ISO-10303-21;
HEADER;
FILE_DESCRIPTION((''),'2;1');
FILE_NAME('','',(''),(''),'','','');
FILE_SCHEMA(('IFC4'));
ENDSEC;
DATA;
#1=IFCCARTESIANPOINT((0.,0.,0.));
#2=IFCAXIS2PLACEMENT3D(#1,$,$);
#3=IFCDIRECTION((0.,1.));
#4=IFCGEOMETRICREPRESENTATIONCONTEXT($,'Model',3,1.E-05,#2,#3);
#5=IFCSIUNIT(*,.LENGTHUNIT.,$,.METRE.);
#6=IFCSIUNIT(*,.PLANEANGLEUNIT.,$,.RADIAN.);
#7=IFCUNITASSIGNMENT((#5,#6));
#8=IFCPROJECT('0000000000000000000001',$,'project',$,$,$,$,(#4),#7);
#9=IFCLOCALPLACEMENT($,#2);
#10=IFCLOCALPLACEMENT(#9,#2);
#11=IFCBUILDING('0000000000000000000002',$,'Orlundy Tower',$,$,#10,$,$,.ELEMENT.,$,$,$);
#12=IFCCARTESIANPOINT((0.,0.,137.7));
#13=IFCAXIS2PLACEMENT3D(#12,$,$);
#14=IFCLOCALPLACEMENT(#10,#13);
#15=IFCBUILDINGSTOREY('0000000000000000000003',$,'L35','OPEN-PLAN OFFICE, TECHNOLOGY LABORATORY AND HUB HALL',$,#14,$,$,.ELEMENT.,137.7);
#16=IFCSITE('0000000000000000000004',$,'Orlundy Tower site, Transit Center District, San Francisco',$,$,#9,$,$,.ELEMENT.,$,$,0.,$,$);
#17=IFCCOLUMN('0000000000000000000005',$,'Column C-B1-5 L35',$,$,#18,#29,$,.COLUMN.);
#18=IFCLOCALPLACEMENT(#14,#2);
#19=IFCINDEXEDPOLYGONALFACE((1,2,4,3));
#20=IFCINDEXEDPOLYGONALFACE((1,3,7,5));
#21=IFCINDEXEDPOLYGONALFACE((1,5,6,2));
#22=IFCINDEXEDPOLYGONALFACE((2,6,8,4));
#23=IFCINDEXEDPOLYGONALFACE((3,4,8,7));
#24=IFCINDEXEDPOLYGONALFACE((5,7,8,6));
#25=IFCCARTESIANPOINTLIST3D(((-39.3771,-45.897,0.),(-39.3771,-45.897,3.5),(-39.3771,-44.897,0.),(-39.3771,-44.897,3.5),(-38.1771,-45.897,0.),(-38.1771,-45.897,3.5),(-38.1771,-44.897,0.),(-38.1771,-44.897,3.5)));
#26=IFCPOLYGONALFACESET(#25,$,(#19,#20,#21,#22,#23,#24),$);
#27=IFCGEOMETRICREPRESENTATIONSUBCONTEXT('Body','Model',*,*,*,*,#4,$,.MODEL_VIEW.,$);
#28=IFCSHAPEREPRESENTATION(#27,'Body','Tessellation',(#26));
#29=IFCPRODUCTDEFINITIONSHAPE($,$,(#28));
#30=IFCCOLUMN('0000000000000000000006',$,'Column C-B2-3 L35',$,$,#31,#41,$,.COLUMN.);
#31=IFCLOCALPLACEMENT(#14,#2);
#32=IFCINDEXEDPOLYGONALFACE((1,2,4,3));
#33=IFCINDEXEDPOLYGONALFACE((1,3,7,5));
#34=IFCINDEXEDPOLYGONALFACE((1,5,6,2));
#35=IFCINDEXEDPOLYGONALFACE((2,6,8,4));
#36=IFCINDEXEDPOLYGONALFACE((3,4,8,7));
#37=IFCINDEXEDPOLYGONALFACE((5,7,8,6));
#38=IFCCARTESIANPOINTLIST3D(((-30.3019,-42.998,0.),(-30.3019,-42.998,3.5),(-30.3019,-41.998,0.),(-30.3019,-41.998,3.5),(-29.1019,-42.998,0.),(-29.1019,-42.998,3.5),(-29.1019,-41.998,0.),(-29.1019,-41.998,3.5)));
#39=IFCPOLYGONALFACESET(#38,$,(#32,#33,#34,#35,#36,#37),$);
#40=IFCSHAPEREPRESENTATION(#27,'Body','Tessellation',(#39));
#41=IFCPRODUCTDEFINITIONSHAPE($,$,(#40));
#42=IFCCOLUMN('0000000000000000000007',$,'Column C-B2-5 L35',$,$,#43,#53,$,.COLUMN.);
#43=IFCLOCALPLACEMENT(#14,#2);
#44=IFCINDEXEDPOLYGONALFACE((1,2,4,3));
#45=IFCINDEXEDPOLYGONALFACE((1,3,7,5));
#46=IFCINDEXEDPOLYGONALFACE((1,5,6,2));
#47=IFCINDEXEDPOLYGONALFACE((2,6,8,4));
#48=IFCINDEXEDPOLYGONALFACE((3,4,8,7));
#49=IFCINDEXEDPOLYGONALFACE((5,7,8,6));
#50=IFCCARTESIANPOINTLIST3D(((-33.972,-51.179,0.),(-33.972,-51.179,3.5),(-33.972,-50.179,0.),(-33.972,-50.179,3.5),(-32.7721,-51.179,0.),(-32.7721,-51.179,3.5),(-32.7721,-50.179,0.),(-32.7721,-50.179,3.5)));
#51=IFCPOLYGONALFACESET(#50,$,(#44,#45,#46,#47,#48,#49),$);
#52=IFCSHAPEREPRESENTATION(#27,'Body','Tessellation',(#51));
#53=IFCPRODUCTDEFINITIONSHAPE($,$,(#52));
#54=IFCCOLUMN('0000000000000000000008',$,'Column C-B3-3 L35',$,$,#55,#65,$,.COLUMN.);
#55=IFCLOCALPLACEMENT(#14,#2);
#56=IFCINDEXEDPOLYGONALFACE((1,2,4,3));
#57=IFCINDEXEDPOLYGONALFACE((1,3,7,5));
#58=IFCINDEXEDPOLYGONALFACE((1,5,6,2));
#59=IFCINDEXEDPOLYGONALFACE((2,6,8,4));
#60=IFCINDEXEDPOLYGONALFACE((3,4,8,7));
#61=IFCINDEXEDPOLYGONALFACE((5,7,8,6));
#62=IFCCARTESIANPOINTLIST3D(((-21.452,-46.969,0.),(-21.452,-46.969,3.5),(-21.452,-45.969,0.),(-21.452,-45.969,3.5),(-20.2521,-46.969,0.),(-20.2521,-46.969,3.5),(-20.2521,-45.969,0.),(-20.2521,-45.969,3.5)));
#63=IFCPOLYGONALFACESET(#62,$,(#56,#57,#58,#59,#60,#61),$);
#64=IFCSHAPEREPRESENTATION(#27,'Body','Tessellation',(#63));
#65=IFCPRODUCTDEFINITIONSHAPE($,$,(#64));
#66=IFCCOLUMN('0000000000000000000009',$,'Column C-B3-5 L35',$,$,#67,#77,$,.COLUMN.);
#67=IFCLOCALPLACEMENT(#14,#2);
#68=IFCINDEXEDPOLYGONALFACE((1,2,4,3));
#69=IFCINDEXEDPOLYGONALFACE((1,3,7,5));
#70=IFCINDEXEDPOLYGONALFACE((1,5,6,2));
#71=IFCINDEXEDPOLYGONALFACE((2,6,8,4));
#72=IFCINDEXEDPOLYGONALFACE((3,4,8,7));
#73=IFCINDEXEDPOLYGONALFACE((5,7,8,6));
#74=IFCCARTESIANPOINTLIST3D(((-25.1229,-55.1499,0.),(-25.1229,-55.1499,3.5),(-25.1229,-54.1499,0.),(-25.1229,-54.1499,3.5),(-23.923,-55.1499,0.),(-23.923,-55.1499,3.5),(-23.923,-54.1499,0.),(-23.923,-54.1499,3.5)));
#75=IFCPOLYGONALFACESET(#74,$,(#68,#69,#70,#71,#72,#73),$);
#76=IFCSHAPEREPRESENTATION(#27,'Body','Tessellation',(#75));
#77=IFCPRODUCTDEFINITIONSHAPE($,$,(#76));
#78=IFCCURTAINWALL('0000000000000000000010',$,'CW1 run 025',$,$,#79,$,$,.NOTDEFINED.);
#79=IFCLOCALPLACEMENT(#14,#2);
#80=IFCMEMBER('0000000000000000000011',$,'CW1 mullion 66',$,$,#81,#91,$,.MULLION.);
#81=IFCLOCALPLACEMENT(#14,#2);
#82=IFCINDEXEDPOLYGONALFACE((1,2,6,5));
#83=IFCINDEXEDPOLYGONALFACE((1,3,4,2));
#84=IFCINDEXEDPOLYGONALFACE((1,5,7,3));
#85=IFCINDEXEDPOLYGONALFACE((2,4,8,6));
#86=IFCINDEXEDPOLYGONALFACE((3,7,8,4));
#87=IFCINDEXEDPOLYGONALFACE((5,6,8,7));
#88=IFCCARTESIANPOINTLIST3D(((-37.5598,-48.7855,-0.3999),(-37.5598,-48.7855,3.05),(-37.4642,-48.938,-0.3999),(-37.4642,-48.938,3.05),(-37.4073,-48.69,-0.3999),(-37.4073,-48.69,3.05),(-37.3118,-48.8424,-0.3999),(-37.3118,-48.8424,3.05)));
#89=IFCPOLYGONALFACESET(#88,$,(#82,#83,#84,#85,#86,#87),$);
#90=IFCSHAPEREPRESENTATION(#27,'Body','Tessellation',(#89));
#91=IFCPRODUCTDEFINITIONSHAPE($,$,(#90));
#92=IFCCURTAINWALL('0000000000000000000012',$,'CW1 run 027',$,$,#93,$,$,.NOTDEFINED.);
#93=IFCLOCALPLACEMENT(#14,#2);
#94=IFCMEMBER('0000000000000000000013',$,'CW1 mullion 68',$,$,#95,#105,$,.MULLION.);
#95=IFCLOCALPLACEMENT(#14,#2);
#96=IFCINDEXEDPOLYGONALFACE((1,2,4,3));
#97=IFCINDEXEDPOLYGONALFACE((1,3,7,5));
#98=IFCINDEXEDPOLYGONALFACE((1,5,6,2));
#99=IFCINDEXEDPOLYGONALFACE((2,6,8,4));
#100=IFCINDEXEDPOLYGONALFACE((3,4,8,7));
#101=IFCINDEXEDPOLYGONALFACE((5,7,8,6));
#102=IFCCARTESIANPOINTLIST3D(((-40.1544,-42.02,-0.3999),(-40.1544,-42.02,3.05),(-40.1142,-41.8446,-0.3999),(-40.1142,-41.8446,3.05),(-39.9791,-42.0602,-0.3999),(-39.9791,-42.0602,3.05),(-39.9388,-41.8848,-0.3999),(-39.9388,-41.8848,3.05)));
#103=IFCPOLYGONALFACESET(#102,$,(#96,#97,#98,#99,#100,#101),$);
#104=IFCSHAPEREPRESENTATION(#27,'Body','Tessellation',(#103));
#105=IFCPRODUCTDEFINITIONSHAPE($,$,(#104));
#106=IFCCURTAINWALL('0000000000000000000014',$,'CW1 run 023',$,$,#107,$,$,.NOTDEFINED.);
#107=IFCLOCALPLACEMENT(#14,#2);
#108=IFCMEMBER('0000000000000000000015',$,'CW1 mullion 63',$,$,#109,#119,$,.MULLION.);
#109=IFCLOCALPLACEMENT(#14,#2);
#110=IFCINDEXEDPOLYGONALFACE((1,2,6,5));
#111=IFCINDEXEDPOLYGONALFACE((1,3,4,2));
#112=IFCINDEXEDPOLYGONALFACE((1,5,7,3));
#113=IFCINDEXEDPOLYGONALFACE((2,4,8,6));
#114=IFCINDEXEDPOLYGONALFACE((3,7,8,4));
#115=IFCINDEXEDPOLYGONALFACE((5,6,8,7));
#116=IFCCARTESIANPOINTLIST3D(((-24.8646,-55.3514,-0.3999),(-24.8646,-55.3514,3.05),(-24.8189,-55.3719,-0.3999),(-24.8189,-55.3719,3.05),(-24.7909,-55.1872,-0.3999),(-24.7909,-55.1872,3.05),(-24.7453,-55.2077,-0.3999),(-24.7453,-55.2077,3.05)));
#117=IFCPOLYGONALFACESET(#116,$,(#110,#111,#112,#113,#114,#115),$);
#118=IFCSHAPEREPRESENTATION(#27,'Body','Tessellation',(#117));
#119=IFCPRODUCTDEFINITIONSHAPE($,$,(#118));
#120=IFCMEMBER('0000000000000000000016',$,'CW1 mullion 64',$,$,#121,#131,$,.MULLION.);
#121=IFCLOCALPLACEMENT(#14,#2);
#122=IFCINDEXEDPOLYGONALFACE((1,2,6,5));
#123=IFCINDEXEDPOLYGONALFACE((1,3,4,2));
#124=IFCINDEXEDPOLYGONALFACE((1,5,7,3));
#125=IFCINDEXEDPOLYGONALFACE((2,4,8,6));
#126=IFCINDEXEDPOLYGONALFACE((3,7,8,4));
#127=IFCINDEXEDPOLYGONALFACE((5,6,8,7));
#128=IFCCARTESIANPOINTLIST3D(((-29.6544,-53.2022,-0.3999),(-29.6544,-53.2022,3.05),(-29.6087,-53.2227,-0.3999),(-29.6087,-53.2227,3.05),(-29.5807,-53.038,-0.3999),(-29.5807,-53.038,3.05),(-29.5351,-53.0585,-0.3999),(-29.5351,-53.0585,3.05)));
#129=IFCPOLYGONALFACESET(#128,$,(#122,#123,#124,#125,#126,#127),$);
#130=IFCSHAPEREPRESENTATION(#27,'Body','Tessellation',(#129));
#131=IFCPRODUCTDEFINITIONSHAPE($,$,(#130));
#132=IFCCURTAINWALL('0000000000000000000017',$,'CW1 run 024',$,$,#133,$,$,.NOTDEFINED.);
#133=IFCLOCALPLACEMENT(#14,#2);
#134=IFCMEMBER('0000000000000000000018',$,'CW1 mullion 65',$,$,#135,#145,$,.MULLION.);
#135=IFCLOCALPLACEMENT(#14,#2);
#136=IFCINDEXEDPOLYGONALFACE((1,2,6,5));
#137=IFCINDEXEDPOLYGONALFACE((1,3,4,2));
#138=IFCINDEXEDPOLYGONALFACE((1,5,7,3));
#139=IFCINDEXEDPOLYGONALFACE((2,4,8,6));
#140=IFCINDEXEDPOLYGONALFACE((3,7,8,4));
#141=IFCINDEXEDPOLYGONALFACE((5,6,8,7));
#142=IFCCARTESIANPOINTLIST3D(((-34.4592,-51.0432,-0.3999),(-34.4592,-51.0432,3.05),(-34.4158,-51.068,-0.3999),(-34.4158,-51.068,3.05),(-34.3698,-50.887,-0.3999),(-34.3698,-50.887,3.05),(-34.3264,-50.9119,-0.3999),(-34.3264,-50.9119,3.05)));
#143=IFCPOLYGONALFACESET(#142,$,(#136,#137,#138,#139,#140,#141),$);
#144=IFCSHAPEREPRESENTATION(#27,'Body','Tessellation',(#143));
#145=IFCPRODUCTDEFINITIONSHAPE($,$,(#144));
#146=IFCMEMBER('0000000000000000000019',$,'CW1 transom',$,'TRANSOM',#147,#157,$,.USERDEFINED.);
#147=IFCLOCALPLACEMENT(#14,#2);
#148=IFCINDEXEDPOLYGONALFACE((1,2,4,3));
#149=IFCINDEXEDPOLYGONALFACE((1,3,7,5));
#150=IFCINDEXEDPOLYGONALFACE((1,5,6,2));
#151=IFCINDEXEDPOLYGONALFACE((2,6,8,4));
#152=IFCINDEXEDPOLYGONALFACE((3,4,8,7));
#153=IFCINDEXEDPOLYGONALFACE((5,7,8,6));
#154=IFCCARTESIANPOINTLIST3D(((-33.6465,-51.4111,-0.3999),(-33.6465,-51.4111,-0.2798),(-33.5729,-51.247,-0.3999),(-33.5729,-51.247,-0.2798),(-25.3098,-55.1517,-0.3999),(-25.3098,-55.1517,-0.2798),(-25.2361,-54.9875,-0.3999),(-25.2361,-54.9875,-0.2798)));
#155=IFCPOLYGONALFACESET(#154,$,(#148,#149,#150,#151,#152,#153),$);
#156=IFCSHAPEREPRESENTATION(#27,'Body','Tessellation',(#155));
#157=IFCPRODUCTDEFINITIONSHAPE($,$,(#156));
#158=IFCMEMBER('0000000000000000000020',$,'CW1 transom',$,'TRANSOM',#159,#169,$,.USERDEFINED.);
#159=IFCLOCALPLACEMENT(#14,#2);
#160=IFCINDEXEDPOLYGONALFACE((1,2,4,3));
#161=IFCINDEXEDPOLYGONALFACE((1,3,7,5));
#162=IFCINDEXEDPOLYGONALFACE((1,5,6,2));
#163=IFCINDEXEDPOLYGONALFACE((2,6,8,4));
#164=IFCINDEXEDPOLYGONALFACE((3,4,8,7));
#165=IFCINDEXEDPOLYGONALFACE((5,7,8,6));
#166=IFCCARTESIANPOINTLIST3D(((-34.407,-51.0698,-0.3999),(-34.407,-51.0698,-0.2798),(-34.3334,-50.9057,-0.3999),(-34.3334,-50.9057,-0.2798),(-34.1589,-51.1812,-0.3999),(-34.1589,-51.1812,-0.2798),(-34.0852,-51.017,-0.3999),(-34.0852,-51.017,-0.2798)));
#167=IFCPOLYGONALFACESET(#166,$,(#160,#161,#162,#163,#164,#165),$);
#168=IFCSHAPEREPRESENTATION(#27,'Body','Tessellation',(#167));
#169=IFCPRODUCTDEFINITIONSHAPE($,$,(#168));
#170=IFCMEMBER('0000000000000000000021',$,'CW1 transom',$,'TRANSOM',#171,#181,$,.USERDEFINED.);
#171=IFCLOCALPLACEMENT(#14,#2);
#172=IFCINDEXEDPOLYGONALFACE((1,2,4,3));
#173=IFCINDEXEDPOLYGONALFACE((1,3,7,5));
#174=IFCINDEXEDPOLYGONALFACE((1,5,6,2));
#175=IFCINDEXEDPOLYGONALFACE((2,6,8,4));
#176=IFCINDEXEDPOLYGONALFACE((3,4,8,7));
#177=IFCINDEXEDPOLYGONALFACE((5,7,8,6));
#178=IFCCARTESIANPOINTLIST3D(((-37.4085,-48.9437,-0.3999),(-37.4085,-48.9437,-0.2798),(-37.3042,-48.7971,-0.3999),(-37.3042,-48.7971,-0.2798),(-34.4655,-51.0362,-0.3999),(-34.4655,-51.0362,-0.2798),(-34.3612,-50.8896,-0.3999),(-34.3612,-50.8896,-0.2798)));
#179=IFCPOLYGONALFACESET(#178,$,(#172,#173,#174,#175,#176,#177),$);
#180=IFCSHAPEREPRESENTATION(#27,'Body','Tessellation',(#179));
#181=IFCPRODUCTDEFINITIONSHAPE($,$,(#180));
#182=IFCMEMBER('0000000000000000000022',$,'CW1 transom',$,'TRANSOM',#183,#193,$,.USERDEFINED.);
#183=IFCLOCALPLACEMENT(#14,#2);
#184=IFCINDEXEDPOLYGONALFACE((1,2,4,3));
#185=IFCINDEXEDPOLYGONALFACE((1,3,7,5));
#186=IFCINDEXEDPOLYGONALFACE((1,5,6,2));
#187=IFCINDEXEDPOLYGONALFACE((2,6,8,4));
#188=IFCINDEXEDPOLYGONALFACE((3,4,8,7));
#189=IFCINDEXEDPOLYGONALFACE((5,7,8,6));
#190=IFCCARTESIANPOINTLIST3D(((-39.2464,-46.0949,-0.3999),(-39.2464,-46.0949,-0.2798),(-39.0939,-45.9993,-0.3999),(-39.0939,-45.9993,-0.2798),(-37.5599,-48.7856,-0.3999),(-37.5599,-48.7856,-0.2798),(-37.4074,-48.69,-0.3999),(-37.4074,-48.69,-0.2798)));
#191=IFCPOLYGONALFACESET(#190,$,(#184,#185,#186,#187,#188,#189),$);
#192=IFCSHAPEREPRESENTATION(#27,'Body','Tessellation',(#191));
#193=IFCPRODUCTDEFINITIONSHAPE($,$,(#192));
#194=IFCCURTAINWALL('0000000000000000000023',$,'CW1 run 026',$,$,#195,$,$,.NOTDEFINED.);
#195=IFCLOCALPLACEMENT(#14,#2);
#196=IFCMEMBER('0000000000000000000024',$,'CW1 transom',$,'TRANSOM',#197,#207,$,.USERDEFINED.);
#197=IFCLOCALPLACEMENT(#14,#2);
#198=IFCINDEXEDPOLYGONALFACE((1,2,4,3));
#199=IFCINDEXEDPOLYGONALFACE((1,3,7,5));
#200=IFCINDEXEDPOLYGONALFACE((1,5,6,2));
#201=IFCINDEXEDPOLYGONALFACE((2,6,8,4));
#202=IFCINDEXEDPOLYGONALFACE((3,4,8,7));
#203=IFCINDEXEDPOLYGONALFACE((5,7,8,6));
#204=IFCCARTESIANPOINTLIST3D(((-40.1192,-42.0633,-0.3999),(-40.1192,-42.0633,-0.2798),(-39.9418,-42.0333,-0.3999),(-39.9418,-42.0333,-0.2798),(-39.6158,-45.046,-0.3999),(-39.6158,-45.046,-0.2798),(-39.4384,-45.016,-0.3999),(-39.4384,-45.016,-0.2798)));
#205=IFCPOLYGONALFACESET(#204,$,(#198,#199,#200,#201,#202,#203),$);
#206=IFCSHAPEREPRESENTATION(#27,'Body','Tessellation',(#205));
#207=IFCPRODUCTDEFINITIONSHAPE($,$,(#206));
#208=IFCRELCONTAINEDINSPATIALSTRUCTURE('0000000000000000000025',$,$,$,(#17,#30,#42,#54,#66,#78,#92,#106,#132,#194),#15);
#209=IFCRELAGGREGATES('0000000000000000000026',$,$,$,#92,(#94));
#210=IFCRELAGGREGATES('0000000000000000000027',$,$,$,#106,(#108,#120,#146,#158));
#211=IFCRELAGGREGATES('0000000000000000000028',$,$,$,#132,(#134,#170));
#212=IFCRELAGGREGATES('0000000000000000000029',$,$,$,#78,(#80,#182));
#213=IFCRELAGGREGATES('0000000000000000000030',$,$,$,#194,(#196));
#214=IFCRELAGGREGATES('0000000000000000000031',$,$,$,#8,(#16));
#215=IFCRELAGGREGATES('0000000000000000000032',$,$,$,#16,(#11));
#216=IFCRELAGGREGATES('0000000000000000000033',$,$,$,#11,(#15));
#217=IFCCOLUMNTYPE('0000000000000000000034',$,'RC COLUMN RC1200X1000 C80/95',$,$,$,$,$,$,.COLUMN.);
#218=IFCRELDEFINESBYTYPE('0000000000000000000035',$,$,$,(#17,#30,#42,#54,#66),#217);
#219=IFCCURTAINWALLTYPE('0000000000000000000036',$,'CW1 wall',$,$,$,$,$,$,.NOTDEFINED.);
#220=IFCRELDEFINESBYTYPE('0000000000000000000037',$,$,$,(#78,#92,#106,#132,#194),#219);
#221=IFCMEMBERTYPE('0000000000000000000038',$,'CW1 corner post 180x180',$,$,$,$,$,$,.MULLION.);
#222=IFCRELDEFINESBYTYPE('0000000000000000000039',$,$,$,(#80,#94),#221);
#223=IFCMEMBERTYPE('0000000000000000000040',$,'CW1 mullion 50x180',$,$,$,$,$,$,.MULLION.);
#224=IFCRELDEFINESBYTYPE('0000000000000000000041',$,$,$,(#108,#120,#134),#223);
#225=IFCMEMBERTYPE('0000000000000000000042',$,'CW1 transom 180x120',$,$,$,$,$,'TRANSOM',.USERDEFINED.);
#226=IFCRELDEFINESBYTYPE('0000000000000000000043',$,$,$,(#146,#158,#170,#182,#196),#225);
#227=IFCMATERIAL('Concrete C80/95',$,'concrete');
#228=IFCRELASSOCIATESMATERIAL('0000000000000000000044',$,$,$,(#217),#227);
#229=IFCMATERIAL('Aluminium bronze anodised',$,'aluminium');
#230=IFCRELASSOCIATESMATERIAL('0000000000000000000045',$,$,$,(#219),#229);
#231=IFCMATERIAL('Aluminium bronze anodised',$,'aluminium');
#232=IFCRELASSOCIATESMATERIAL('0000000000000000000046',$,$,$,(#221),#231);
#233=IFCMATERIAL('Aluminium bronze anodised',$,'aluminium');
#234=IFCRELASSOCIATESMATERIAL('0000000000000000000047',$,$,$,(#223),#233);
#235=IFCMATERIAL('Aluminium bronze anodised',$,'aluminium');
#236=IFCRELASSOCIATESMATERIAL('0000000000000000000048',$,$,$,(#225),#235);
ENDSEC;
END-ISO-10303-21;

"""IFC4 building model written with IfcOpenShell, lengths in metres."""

from ifc_helpers import new_model, si_unit, direction, frame, origin, origin_2d, place, context, subcontext, project, spatial, rectangle, extrude, material, material_profile, profile_set, type_object, element, aggregate, save


model = new_model("IFC4")

# Units and contexts
model_context = context("Model", 3, precision=1e-05, world=origin(), true_north=direction((0.0, 1.0)))
body_context = subcontext(model_context, "Body", "Model", "MODEL_VIEW")
ifc_project = project(units=[si_unit("LENGTHUNIT", "METRE"), si_unit("PLANEANGLEUNIT", "RADIAN")], contexts=[model_context])

# Site, building, storey
site_placement = place(None, origin())
site = spatial("IfcSite", under=ifc_project, at=site_placement, Name="Orlundy Tower site, Transit Center District, San Francisco", CompositionType="ELEMENT", RefElevation=0.0)
building_placement = place(site_placement, origin())
building = spatial("IfcBuilding", under=site, at=building_placement, Name="Orlundy Tower", CompositionType="ELEMENT")
storey_placement = place(building_placement, frame((0.0, 0.0, 137.7)))
storey = spatial("IfcBuildingStorey", under=building, at=storey_placement, Name="L35", Description="OPEN-PLAN OFFICE, TECHNOLOGY LABORATORY AND HUB HALL", CompositionType="ELEMENT", Elevation=137.7)

# Columns
ifc_material_1 = material(Name="Concrete C80/95", Category="concrete")
ifc_material_profile_1 = material_profile(ifc_material_1, rectangle(XDim=1.2, YDim=1.0, at=origin_2d()), Name="RC1200X1000")
ifc_profile_set_1 = profile_set([ifc_material_profile_1], Name="Concrete C80/95")
column_type = type_object("IfcColumnType", Name="RC COLUMN RC1200X1000 C80/95", PredefinedType="COLUMN", material=ifc_profile_set_1)
for number, where, z_axis, x_axis, name in (
    (1, (-38.7771, -45.397, 0.0), (0.0, 0.0, 1.0), (1.0, 0.0, 0.0), "Column C-B1-5 L35"),
    (2, (-29.7019, -42.498, 0.0), (0.0, 0.0, 1.0), (1.0, 0.0, 0.0), "Column C-B2-3 L35"),
    (3, (-33.3721, -50.679, 0.0), (0.0, 0.0, 1.0), (1.0, 0.0, 0.0), "Column C-B2-5 L35"),
    (4, (-20.8521, -46.469, 0.0), (0.0, 0.0, 1.0), (1.0, 0.0, 0.0), "Column C-B3-3 L35"),
    (5, (-24.5229, -54.6499, 0.0), (0.0, 0.0, 1.0), (1.0, 0.0, 0.0), "Column C-B3-5 L35"),
):
    element("IfcColumn", number, at=place(storey_placement, frame(where, z_axis=z_axis, x_axis=x_axis)), inside=storey, type_object=column_type, Name=name, PredefinedType="COLUMN", context=body_context, shape_type="SweptSolid", body=[
        extrude(rectangle(XDim=1.2, YDim=1.0, at=origin_2d()), origin(), (0.0, 0.0, 1.0), 3.5),
    ])

# Curtain walls, members
ifc_material_2 = material(Name="Aluminium bronze anodised", Category="aluminium")
curtain_wall_type = type_object("IfcCurtainWallType", Name="CW1 wall", PredefinedType="NOTDEFINED", material=ifc_material_2)
curtain_wall_1_placement = place(storey_placement, origin())
curtain_wall_1 = element("IfcCurtainWall", 6, at=curtain_wall_1_placement, inside=storey, type_object=curtain_wall_type, Name="CW1 run 025", PredefinedType="NOTDEFINED")
ifc_material_3 = material(Name="Aluminium bronze anodised", Category="aluminium")
ifc_material_profile_2 = material_profile(ifc_material_3, rectangle(XDim=0.1799, YDim=0.1799, at=origin_2d()), Name="CW1 corner post 180x180")
ifc_profile_set_2 = profile_set([ifc_material_profile_2], Name="Aluminium bronze anodised")
member_type_1 = type_object("IfcMemberType", Name="CW1 corner post 180x180", PredefinedType="MULLION", material=ifc_profile_set_2)
member_1_placement = place(storey_placement, frame((-37.4358, -48.814, -0.3999), z_axis=(0.0, 0.0, 1.0), x_axis=(-0.847285, -0.531138, 0.0)))
member_1 = element("IfcMember", 7, at=member_1_placement, type_object=member_type_1, Name="CW1 mullion 66", PredefinedType="MULLION", context=body_context, shape_type="SweptSolid", body=[
    extrude(rectangle(XDim=0.1799, YDim=0.1799, at=origin_2d()), origin(), (0.0, 0.0, 1.0), 3.45),
])
curtain_wall_2_placement = place(storey_placement, origin())
curtain_wall_2 = element("IfcCurtainWall", 8, at=curtain_wall_2_placement, inside=storey, type_object=curtain_wall_type, Name="CW1 run 027", PredefinedType="NOTDEFINED")
member_2_placement = place(storey_placement, frame((-40.0466, -41.9524, -0.3999), z_axis=(0.0, 0.0, 1.0), x_axis=(-0.974672, 0.223638, 0.0)))
member_2 = element("IfcMember", 9, at=member_2_placement, type_object=member_type_1, Name="CW1 mullion 68", PredefinedType="MULLION", context=body_context, shape_type="SweptSolid", body=[
    extrude(rectangle(XDim=0.1799, YDim=0.1799, at=origin_2d()), origin(), (0.0, 0.0, 1.0), 3.45),
])
aggregate(curtain_wall_2, [member_2])

# Curtain wall, members
curtain_wall_3_placement = place(storey_placement, origin())
curtain_wall_3 = element("IfcCurtainWall", 10, at=curtain_wall_3_placement, inside=storey, type_object=curtain_wall_type, Name="CW1 run 023", PredefinedType="NOTDEFINED")
ifc_material_4 = material(Name="Aluminium bronze anodised", Category="aluminium")
ifc_material_profile_3 = material_profile(ifc_material_4, rectangle(XDim=0.1799, YDim=0.05, at=origin_2d()), Name="CW1 mullion 50x180")
ifc_profile_set_3 = profile_set([ifc_material_profile_3], Name="Aluminium bronze anodised")
member_type_2 = type_object("IfcMemberType", Name="CW1 mullion 50x180", PredefinedType="MULLION", material=ifc_profile_set_3)
member_3_placement = place(storey_placement, frame((-24.8049, -55.2795, -0.3999), z_axis=(0.0, 0.0, 1.0), x_axis=(-0.409374, -0.912366, 0.0)))
member_3 = element("IfcMember", 11, at=member_3_placement, type_object=member_type_2, Name="CW1 mullion 63", PredefinedType="MULLION", context=body_context, shape_type="SweptSolid", body=[
    extrude(rectangle(XDim=0.1799, YDim=0.05, at=origin_2d()), origin(), (0.0, 0.0, 1.0), 3.45),
])
member_4_placement = place(storey_placement, frame((-29.5947, -53.1304, -0.3999), z_axis=(0.0, 0.0, 1.0), x_axis=(-0.409374, -0.912366, 0.0)))
member_4 = element("IfcMember", 12, at=member_4_placement, type_object=member_type_2, Name="CW1 mullion 64", PredefinedType="MULLION", context=body_context, shape_type="SweptSolid", body=[
    extrude(rectangle(XDim=0.1799, YDim=0.05, at=origin_2d()), origin(), (0.0, 0.0, 1.0), 3.45),
])

# Curtain wall, member
curtain_wall_4_placement = place(storey_placement, origin())
curtain_wall_4 = element("IfcCurtainWall", 13, at=curtain_wall_4_placement, inside=storey, type_object=curtain_wall_type, Name="CW1 run 024", PredefinedType="NOTDEFINED")
member_5_placement = place(storey_placement, frame((-34.3928, -50.9775, -0.3999), z_axis=(0.0, 0.0, 1.0), x_axis=(-0.496817, -0.867855, 0.0)))
member_5 = element("IfcMember", 14, at=member_5_placement, type_object=member_type_2, Name="CW1 mullion 65", PredefinedType="MULLION", context=body_context, shape_type="SweptSolid", body=[
    extrude(rectangle(XDim=0.1799, YDim=0.05, at=origin_2d()), origin(), (0.0, 0.0, 1.0), 3.45),
])

# Members
ifc_material_5 = material(Name="Aluminium bronze anodised", Category="aluminium")
ifc_material_profile_4 = material_profile(ifc_material_5, rectangle(XDim=0.1799, YDim=0.1201, at=origin_2d()), Name="CW1 transom 180x120")
ifc_profile_set_4 = profile_set([ifc_material_profile_4], Name="Aluminium bronze anodised")
member_type_3 = type_object("IfcMemberType", Name="CW1 transom 180x120", ElementType="TRANSOM", PredefinedType="USERDEFINED", material=ifc_profile_set_4)
member_6_placement = place(storey_placement, frame((-25.2729, -55.0696, -0.3398), z_axis=(-0.912372, 0.409361, 0.0), x_axis=(-0.409361, -0.912372, 0.0)))
member_6 = element("IfcMember", 15, at=member_6_placement, type_object=member_type_3, Name="CW1 transom", ObjectType="TRANSOM", PredefinedType="USERDEFINED", context=body_context, shape_type="SweptSolid", body=[
    extrude(rectangle(XDim=0.1799, YDim=0.1201, at=origin_2d()), origin(), (0.0, 0.0, 1.0), 9.1375),
])
member_7_placement = place(storey_placement, frame((-34.1221, -51.0991, -0.3398), z_axis=(-0.912324, 0.409468, 0.0), x_axis=(-0.409468, -0.912324, 0.0)))
member_7 = element("IfcMember", 16, at=member_7_placement, type_object=member_type_3, Name="CW1 transom", ObjectType="TRANSOM", PredefinedType="USERDEFINED", context=body_context, shape_type="SweptSolid", body=[
    extrude(rectangle(XDim=0.1799, YDim=0.1201, at=origin_2d()), origin(), (0.0, 0.0, 1.0), 0.272),
])
member_8_placement = place(storey_placement, frame((-34.4133, -50.9629, -0.3398), z_axis=(-0.815001, 0.579459, 0.0), x_axis=(-0.579459, -0.815001, 0.0)))
member_8 = element("IfcMember", 17, at=member_8_placement, type_object=member_type_3, Name="CW1 transom", ObjectType="TRANSOM", PredefinedType="USERDEFINED", context=body_context, shape_type="SweptSolid", body=[
    extrude(rectangle(XDim=0.1799, YDim=0.1201, at=origin_2d()), origin(), (0.0, 0.0, 1.0), 3.6111),
])
member_9_placement = place(storey_placement, frame((-37.4836, -48.7378, -0.3398), z_axis=(-0.531097, 0.847311, 0.0), x_axis=(-0.847311, -0.531097, 0.0)))
member_9 = element("IfcMember", 18, at=member_9_placement, type_object=member_type_3, Name="CW1 transom", ObjectType="TRANSOM", PredefinedType="USERDEFINED", context=body_context, shape_type="SweptSolid", body=[
    extrude(rectangle(XDim=0.1799, YDim=0.1201, at=origin_2d()), origin(), (0.0, 0.0, 1.0), 3.1755),
])

# Curtain wall, member
curtain_wall_5_placement = place(storey_placement, origin())
curtain_wall_5 = element("IfcCurtainWall", 19, at=curtain_wall_5_placement, inside=storey, type_object=curtain_wall_type, Name="CW1 run 026", PredefinedType="NOTDEFINED")
member_10_placement = place(storey_placement, frame((-39.5271, -45.031, -0.3398), z_axis=(-0.166427, 0.986054, 0.0), x_axis=(-0.986054, -0.166427, 0.0)))
member_10 = element("IfcMember", 20, at=member_10_placement, type_object=member_type_3, Name="CW1 transom", ObjectType="TRANSOM", PredefinedType="USERDEFINED", context=body_context, shape_type="SweptSolid", body=[
    extrude(rectangle(XDim=0.1799, YDim=0.1201, at=origin_2d()), origin(), (0.0, 0.0, 1.0), 3.0249),
])

aggregate(curtain_wall_3, [member_3, member_4, member_6, member_7])
aggregate(curtain_wall_4, [member_5, member_8])
aggregate(curtain_wall_1, [member_1, member_9])
aggregate(curtain_wall_5, [member_10])

save(model, "model.ifc")
